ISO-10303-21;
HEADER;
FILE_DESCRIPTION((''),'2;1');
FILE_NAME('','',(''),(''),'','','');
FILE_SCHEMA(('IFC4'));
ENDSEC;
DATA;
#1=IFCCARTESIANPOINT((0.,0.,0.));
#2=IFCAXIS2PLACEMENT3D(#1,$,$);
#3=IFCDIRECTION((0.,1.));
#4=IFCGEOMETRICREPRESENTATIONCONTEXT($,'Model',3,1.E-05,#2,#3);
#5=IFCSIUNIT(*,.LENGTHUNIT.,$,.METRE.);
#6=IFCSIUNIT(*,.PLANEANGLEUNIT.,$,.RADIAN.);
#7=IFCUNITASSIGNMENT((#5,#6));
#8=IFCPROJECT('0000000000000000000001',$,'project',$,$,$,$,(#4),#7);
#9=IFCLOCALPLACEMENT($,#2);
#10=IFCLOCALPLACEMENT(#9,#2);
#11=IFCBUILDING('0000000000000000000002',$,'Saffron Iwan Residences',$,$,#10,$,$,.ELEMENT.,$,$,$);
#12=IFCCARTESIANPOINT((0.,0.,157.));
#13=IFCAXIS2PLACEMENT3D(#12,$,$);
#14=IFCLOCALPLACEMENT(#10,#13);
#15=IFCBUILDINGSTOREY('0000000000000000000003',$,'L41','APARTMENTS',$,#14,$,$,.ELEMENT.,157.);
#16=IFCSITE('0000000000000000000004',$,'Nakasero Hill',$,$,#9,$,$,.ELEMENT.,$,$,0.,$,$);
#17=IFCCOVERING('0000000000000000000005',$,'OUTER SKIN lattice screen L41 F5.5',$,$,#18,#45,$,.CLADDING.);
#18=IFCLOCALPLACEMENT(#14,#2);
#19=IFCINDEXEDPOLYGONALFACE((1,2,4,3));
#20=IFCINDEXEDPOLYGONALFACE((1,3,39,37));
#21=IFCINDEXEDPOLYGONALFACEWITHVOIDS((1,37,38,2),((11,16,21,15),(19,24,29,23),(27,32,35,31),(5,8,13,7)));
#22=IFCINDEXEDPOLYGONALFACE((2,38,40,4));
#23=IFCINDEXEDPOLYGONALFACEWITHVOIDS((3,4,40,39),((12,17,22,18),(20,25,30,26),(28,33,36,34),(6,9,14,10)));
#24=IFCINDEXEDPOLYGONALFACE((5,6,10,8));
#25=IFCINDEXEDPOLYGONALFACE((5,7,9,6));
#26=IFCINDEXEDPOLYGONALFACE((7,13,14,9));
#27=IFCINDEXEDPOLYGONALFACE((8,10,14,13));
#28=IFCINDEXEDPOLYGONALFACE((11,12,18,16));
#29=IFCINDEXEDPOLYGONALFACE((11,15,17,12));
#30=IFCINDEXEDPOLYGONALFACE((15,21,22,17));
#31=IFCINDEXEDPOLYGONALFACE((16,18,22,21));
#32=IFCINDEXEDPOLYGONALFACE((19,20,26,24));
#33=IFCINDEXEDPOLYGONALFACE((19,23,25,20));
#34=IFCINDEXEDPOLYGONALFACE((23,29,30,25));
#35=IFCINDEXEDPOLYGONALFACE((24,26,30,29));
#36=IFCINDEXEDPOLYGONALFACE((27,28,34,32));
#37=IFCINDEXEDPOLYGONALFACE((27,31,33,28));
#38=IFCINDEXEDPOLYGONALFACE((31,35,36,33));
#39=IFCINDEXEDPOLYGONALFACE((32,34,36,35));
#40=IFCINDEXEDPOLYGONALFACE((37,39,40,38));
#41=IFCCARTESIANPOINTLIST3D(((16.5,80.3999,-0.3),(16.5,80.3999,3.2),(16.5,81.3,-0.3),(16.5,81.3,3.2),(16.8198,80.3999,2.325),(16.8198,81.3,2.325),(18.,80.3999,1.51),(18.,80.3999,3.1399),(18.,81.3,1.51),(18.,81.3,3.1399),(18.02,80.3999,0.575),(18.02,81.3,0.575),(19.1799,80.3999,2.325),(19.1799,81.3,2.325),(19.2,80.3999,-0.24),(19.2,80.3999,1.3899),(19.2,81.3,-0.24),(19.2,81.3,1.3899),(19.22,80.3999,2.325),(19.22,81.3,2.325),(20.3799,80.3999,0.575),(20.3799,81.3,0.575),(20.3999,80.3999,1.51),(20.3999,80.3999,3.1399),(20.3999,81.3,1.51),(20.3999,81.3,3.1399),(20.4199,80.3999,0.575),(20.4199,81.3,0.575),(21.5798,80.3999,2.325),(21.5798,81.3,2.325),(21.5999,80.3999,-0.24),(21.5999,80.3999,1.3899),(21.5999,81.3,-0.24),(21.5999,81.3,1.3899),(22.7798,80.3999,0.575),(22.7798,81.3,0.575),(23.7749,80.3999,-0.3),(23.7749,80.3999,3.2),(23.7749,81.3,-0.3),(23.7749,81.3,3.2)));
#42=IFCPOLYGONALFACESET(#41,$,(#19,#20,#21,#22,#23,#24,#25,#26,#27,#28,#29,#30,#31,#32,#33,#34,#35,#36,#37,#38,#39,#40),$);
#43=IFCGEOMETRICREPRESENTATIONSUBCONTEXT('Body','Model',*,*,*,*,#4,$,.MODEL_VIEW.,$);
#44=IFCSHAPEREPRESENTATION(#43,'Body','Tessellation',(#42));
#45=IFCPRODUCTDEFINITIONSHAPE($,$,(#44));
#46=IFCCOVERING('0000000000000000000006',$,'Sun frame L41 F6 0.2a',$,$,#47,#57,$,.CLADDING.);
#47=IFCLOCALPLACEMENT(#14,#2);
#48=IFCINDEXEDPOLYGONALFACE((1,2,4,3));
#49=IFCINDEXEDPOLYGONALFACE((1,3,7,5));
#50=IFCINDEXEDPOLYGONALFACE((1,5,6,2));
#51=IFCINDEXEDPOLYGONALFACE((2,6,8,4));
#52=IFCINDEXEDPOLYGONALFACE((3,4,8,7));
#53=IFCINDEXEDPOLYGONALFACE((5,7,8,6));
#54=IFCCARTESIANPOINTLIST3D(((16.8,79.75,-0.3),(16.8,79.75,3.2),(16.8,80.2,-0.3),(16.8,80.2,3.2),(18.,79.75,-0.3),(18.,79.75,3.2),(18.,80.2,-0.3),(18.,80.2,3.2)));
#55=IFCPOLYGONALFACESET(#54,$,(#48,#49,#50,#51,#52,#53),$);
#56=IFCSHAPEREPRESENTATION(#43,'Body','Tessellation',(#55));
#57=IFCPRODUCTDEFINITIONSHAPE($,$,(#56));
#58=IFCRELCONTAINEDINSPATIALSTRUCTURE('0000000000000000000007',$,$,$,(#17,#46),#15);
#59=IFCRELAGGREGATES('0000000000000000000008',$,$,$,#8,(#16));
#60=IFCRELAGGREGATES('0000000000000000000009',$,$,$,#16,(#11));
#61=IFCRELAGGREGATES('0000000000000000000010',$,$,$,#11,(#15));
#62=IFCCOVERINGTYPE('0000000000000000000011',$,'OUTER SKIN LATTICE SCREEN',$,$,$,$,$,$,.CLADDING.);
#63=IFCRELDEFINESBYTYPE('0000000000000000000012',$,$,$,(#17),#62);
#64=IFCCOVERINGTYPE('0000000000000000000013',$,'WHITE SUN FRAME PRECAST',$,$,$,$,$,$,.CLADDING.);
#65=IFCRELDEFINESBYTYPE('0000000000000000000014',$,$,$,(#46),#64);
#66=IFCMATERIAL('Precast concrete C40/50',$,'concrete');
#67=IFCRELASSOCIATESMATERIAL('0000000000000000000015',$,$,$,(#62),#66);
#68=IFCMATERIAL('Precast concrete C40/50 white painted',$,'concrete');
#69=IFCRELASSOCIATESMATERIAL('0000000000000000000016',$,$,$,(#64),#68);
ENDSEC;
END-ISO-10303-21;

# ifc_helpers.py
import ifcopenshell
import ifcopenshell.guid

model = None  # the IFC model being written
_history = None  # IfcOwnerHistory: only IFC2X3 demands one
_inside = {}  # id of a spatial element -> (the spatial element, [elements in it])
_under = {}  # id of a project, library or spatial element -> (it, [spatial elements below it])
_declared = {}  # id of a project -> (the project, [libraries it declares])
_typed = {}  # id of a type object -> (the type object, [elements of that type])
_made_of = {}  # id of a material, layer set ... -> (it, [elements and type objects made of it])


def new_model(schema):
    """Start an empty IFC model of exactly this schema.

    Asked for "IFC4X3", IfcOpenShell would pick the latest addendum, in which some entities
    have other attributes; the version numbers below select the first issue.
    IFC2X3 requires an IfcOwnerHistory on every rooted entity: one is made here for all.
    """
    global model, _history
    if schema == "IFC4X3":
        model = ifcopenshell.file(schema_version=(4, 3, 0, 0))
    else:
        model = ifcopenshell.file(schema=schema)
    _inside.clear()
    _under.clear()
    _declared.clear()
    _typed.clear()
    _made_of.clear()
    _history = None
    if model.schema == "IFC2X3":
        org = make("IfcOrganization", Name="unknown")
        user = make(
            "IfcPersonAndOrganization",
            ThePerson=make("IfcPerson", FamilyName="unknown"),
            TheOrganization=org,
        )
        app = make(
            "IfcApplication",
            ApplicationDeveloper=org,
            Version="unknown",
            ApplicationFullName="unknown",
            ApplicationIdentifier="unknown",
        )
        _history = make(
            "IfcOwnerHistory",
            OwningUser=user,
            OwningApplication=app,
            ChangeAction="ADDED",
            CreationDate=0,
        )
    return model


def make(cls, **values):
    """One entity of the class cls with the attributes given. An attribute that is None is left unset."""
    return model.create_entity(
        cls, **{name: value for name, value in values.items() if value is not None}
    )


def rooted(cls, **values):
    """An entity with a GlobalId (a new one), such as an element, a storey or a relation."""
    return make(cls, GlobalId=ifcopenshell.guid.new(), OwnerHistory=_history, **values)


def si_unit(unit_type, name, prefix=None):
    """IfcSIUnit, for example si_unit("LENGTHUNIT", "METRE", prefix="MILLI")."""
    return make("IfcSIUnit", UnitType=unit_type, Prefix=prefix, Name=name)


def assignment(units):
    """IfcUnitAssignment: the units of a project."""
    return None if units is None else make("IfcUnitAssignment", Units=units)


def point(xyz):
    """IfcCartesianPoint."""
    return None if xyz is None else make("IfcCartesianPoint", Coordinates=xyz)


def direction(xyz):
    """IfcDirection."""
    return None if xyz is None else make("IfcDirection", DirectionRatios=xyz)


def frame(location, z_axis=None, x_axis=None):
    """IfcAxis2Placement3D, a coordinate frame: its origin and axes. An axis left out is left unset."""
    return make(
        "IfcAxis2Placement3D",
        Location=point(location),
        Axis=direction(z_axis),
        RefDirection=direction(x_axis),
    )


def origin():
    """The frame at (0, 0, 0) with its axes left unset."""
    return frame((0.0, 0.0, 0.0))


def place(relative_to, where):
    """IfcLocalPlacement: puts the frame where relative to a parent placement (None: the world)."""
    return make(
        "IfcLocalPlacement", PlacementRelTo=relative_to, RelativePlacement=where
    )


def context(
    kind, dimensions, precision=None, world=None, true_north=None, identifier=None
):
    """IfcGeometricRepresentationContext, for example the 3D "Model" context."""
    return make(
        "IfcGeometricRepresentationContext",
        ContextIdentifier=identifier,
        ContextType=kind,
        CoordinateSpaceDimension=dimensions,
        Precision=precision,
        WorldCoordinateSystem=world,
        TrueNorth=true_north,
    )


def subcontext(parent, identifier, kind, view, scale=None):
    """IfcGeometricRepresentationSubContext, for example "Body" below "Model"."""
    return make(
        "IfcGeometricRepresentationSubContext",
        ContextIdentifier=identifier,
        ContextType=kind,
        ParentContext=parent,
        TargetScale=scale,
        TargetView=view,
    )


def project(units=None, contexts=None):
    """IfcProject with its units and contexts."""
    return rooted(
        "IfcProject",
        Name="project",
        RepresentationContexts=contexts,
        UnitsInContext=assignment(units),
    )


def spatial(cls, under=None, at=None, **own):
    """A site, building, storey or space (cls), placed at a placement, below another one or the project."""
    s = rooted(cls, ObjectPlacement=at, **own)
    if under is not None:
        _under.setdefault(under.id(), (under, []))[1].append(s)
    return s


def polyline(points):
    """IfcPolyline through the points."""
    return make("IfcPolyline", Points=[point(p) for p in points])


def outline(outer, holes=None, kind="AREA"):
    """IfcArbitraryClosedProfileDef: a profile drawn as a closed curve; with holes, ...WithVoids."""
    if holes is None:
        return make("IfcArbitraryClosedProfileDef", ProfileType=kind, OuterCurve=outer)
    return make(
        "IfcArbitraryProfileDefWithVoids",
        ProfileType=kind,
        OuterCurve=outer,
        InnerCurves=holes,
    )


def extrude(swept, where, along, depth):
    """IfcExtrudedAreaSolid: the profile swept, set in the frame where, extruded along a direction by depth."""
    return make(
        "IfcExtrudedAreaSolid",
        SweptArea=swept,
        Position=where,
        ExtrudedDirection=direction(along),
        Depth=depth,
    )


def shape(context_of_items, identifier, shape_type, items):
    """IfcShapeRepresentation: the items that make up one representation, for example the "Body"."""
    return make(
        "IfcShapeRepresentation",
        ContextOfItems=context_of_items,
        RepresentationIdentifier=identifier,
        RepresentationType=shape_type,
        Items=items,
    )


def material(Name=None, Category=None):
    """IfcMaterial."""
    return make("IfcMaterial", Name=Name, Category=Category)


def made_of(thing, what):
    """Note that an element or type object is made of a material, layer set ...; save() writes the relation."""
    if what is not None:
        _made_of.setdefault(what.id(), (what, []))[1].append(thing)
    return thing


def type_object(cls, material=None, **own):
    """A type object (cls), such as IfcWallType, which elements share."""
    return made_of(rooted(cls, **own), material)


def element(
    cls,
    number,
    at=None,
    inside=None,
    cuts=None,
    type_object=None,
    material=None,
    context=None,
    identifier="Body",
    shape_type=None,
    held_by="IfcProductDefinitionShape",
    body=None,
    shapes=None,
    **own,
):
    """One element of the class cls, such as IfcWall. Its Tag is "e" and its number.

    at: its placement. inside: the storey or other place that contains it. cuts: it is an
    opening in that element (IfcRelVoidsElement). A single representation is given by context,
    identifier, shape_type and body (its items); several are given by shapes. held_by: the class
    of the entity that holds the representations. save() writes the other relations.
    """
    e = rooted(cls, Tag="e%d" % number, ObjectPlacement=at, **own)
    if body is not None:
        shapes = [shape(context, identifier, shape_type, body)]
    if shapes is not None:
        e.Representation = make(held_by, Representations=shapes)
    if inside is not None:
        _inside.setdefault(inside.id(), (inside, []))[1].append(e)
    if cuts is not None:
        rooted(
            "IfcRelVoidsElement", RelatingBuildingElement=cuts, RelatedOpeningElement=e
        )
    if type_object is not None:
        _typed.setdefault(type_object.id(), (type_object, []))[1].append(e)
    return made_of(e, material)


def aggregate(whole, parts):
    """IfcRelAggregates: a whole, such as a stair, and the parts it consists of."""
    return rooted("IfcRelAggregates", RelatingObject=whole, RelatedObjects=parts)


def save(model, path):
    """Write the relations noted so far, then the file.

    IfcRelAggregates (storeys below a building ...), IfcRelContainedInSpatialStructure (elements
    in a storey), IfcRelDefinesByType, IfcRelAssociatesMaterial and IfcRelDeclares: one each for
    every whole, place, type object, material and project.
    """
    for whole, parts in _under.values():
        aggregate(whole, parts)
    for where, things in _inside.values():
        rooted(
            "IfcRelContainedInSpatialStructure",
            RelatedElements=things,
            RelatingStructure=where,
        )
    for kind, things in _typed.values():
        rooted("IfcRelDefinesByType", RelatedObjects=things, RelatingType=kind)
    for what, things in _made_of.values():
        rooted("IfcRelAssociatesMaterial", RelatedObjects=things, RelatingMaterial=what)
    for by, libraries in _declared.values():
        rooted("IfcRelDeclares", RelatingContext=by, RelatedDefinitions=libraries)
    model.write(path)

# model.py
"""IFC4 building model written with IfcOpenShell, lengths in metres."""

from ifc_helpers import new_model, si_unit, direction, frame, origin, place, context, subcontext, project, spatial, polyline, outline, extrude, material, type_object, element, save


model = new_model("IFC4")

# Units and contexts
model_context = context("Model", 3, precision=1e-05, world=origin(), true_north=direction((0.0, 1.0)))
body_context = subcontext(model_context, "Body", "Model", "MODEL_VIEW")
ifc_project = project(units=[si_unit("LENGTHUNIT", "METRE"), si_unit("PLANEANGLEUNIT", "RADIAN")], contexts=[model_context])

# Site, building, storey
site_placement = place(None, origin())
site = spatial("IfcSite", under=ifc_project, at=site_placement, Name="Nakasero Hill", CompositionType="ELEMENT", RefElevation=0.0)
building_placement = place(site_placement, origin())
building = spatial("IfcBuilding", under=site, at=building_placement, Name="Saffron Iwan Residences", CompositionType="ELEMENT")
storey_placement = place(building_placement, frame((0.0, 0.0, 157.0)))
storey = spatial("IfcBuildingStorey", under=building, at=storey_placement, Name="L41", Description="APARTMENTS", CompositionType="ELEMENT", Elevation=157.0)

# Coverings
ifc_material_1 = material(Name="Precast concrete C40/50", Category="concrete")
covering_type_1 = type_object("IfcCoveringType", Name="OUTER SKIN LATTICE SCREEN", PredefinedType="CLADDING", material=ifc_material_1)
covering_1_placement = place(storey_placement, frame((23.7749, 80.3999, -0.3), z_axis=(0.0, 1.0, 0.0), x_axis=(-1.0, 0.0, 0.0)))
element("IfcCovering", 1, at=covering_1_placement, inside=storey, type_object=covering_type_1, Name="OUTER SKIN lattice screen L41 F5.5", PredefinedType="CLADDING", context=body_context, shape_type="SweptSolid", body=[
    extrude(outline(polyline([(0.0, 0.0), (7.2749, 0.0), (7.2749, 3.5), (0.0, 3.5), (0.0, 0.0)]), holes=[polyline([(0.9951, 0.875), (2.175, 0.0601), (3.355, 0.875), (2.175, 1.6899), (0.9951, 0.875)]), polyline([(3.395, 0.875), (4.575, 0.0601), (5.7549, 0.875), (4.575, 1.6899), (3.395, 0.875)]), polyline([(2.1951, 2.625), (3.375, 1.8101), (4.5549, 2.625), (3.375, 3.4399), (2.1951, 2.625)]), polyline([(4.595, 2.625), (5.7749, 1.8101), (6.9551, 2.625), (5.7749, 3.4399), (4.595, 2.625)])]), origin(), (0.0, 0.0, 1.0), 0.9001),
])
ifc_material_2 = material(Name="Precast concrete C40/50 white painted", Category="concrete")
covering_type_2 = type_object("IfcCoveringType", Name="WHITE SUN FRAME PRECAST", PredefinedType="CLADDING", material=ifc_material_2)
covering_2_placement = place(storey_placement, frame((18.0, 80.2, -0.3), z_axis=(-1.0, 0.0, 0.0), x_axis=(0.0, -1.0, 0.0)))
element("IfcCovering", 2, at=covering_2_placement, inside=storey, type_object=covering_type_2, Name="Sun frame L41 F6 0.2a", PredefinedType="CLADDING", context=body_context, shape_type="SweptSolid", body=[
    extrude(outline(polyline([(0.0, 0.0), (0.45, 0.0), (0.45, 3.5), (0.0, 3.5), (0.0, 0.0)])), origin(), (0.0, 0.0, 1.0), 1.2),
])

save(model, "model.ifc")
